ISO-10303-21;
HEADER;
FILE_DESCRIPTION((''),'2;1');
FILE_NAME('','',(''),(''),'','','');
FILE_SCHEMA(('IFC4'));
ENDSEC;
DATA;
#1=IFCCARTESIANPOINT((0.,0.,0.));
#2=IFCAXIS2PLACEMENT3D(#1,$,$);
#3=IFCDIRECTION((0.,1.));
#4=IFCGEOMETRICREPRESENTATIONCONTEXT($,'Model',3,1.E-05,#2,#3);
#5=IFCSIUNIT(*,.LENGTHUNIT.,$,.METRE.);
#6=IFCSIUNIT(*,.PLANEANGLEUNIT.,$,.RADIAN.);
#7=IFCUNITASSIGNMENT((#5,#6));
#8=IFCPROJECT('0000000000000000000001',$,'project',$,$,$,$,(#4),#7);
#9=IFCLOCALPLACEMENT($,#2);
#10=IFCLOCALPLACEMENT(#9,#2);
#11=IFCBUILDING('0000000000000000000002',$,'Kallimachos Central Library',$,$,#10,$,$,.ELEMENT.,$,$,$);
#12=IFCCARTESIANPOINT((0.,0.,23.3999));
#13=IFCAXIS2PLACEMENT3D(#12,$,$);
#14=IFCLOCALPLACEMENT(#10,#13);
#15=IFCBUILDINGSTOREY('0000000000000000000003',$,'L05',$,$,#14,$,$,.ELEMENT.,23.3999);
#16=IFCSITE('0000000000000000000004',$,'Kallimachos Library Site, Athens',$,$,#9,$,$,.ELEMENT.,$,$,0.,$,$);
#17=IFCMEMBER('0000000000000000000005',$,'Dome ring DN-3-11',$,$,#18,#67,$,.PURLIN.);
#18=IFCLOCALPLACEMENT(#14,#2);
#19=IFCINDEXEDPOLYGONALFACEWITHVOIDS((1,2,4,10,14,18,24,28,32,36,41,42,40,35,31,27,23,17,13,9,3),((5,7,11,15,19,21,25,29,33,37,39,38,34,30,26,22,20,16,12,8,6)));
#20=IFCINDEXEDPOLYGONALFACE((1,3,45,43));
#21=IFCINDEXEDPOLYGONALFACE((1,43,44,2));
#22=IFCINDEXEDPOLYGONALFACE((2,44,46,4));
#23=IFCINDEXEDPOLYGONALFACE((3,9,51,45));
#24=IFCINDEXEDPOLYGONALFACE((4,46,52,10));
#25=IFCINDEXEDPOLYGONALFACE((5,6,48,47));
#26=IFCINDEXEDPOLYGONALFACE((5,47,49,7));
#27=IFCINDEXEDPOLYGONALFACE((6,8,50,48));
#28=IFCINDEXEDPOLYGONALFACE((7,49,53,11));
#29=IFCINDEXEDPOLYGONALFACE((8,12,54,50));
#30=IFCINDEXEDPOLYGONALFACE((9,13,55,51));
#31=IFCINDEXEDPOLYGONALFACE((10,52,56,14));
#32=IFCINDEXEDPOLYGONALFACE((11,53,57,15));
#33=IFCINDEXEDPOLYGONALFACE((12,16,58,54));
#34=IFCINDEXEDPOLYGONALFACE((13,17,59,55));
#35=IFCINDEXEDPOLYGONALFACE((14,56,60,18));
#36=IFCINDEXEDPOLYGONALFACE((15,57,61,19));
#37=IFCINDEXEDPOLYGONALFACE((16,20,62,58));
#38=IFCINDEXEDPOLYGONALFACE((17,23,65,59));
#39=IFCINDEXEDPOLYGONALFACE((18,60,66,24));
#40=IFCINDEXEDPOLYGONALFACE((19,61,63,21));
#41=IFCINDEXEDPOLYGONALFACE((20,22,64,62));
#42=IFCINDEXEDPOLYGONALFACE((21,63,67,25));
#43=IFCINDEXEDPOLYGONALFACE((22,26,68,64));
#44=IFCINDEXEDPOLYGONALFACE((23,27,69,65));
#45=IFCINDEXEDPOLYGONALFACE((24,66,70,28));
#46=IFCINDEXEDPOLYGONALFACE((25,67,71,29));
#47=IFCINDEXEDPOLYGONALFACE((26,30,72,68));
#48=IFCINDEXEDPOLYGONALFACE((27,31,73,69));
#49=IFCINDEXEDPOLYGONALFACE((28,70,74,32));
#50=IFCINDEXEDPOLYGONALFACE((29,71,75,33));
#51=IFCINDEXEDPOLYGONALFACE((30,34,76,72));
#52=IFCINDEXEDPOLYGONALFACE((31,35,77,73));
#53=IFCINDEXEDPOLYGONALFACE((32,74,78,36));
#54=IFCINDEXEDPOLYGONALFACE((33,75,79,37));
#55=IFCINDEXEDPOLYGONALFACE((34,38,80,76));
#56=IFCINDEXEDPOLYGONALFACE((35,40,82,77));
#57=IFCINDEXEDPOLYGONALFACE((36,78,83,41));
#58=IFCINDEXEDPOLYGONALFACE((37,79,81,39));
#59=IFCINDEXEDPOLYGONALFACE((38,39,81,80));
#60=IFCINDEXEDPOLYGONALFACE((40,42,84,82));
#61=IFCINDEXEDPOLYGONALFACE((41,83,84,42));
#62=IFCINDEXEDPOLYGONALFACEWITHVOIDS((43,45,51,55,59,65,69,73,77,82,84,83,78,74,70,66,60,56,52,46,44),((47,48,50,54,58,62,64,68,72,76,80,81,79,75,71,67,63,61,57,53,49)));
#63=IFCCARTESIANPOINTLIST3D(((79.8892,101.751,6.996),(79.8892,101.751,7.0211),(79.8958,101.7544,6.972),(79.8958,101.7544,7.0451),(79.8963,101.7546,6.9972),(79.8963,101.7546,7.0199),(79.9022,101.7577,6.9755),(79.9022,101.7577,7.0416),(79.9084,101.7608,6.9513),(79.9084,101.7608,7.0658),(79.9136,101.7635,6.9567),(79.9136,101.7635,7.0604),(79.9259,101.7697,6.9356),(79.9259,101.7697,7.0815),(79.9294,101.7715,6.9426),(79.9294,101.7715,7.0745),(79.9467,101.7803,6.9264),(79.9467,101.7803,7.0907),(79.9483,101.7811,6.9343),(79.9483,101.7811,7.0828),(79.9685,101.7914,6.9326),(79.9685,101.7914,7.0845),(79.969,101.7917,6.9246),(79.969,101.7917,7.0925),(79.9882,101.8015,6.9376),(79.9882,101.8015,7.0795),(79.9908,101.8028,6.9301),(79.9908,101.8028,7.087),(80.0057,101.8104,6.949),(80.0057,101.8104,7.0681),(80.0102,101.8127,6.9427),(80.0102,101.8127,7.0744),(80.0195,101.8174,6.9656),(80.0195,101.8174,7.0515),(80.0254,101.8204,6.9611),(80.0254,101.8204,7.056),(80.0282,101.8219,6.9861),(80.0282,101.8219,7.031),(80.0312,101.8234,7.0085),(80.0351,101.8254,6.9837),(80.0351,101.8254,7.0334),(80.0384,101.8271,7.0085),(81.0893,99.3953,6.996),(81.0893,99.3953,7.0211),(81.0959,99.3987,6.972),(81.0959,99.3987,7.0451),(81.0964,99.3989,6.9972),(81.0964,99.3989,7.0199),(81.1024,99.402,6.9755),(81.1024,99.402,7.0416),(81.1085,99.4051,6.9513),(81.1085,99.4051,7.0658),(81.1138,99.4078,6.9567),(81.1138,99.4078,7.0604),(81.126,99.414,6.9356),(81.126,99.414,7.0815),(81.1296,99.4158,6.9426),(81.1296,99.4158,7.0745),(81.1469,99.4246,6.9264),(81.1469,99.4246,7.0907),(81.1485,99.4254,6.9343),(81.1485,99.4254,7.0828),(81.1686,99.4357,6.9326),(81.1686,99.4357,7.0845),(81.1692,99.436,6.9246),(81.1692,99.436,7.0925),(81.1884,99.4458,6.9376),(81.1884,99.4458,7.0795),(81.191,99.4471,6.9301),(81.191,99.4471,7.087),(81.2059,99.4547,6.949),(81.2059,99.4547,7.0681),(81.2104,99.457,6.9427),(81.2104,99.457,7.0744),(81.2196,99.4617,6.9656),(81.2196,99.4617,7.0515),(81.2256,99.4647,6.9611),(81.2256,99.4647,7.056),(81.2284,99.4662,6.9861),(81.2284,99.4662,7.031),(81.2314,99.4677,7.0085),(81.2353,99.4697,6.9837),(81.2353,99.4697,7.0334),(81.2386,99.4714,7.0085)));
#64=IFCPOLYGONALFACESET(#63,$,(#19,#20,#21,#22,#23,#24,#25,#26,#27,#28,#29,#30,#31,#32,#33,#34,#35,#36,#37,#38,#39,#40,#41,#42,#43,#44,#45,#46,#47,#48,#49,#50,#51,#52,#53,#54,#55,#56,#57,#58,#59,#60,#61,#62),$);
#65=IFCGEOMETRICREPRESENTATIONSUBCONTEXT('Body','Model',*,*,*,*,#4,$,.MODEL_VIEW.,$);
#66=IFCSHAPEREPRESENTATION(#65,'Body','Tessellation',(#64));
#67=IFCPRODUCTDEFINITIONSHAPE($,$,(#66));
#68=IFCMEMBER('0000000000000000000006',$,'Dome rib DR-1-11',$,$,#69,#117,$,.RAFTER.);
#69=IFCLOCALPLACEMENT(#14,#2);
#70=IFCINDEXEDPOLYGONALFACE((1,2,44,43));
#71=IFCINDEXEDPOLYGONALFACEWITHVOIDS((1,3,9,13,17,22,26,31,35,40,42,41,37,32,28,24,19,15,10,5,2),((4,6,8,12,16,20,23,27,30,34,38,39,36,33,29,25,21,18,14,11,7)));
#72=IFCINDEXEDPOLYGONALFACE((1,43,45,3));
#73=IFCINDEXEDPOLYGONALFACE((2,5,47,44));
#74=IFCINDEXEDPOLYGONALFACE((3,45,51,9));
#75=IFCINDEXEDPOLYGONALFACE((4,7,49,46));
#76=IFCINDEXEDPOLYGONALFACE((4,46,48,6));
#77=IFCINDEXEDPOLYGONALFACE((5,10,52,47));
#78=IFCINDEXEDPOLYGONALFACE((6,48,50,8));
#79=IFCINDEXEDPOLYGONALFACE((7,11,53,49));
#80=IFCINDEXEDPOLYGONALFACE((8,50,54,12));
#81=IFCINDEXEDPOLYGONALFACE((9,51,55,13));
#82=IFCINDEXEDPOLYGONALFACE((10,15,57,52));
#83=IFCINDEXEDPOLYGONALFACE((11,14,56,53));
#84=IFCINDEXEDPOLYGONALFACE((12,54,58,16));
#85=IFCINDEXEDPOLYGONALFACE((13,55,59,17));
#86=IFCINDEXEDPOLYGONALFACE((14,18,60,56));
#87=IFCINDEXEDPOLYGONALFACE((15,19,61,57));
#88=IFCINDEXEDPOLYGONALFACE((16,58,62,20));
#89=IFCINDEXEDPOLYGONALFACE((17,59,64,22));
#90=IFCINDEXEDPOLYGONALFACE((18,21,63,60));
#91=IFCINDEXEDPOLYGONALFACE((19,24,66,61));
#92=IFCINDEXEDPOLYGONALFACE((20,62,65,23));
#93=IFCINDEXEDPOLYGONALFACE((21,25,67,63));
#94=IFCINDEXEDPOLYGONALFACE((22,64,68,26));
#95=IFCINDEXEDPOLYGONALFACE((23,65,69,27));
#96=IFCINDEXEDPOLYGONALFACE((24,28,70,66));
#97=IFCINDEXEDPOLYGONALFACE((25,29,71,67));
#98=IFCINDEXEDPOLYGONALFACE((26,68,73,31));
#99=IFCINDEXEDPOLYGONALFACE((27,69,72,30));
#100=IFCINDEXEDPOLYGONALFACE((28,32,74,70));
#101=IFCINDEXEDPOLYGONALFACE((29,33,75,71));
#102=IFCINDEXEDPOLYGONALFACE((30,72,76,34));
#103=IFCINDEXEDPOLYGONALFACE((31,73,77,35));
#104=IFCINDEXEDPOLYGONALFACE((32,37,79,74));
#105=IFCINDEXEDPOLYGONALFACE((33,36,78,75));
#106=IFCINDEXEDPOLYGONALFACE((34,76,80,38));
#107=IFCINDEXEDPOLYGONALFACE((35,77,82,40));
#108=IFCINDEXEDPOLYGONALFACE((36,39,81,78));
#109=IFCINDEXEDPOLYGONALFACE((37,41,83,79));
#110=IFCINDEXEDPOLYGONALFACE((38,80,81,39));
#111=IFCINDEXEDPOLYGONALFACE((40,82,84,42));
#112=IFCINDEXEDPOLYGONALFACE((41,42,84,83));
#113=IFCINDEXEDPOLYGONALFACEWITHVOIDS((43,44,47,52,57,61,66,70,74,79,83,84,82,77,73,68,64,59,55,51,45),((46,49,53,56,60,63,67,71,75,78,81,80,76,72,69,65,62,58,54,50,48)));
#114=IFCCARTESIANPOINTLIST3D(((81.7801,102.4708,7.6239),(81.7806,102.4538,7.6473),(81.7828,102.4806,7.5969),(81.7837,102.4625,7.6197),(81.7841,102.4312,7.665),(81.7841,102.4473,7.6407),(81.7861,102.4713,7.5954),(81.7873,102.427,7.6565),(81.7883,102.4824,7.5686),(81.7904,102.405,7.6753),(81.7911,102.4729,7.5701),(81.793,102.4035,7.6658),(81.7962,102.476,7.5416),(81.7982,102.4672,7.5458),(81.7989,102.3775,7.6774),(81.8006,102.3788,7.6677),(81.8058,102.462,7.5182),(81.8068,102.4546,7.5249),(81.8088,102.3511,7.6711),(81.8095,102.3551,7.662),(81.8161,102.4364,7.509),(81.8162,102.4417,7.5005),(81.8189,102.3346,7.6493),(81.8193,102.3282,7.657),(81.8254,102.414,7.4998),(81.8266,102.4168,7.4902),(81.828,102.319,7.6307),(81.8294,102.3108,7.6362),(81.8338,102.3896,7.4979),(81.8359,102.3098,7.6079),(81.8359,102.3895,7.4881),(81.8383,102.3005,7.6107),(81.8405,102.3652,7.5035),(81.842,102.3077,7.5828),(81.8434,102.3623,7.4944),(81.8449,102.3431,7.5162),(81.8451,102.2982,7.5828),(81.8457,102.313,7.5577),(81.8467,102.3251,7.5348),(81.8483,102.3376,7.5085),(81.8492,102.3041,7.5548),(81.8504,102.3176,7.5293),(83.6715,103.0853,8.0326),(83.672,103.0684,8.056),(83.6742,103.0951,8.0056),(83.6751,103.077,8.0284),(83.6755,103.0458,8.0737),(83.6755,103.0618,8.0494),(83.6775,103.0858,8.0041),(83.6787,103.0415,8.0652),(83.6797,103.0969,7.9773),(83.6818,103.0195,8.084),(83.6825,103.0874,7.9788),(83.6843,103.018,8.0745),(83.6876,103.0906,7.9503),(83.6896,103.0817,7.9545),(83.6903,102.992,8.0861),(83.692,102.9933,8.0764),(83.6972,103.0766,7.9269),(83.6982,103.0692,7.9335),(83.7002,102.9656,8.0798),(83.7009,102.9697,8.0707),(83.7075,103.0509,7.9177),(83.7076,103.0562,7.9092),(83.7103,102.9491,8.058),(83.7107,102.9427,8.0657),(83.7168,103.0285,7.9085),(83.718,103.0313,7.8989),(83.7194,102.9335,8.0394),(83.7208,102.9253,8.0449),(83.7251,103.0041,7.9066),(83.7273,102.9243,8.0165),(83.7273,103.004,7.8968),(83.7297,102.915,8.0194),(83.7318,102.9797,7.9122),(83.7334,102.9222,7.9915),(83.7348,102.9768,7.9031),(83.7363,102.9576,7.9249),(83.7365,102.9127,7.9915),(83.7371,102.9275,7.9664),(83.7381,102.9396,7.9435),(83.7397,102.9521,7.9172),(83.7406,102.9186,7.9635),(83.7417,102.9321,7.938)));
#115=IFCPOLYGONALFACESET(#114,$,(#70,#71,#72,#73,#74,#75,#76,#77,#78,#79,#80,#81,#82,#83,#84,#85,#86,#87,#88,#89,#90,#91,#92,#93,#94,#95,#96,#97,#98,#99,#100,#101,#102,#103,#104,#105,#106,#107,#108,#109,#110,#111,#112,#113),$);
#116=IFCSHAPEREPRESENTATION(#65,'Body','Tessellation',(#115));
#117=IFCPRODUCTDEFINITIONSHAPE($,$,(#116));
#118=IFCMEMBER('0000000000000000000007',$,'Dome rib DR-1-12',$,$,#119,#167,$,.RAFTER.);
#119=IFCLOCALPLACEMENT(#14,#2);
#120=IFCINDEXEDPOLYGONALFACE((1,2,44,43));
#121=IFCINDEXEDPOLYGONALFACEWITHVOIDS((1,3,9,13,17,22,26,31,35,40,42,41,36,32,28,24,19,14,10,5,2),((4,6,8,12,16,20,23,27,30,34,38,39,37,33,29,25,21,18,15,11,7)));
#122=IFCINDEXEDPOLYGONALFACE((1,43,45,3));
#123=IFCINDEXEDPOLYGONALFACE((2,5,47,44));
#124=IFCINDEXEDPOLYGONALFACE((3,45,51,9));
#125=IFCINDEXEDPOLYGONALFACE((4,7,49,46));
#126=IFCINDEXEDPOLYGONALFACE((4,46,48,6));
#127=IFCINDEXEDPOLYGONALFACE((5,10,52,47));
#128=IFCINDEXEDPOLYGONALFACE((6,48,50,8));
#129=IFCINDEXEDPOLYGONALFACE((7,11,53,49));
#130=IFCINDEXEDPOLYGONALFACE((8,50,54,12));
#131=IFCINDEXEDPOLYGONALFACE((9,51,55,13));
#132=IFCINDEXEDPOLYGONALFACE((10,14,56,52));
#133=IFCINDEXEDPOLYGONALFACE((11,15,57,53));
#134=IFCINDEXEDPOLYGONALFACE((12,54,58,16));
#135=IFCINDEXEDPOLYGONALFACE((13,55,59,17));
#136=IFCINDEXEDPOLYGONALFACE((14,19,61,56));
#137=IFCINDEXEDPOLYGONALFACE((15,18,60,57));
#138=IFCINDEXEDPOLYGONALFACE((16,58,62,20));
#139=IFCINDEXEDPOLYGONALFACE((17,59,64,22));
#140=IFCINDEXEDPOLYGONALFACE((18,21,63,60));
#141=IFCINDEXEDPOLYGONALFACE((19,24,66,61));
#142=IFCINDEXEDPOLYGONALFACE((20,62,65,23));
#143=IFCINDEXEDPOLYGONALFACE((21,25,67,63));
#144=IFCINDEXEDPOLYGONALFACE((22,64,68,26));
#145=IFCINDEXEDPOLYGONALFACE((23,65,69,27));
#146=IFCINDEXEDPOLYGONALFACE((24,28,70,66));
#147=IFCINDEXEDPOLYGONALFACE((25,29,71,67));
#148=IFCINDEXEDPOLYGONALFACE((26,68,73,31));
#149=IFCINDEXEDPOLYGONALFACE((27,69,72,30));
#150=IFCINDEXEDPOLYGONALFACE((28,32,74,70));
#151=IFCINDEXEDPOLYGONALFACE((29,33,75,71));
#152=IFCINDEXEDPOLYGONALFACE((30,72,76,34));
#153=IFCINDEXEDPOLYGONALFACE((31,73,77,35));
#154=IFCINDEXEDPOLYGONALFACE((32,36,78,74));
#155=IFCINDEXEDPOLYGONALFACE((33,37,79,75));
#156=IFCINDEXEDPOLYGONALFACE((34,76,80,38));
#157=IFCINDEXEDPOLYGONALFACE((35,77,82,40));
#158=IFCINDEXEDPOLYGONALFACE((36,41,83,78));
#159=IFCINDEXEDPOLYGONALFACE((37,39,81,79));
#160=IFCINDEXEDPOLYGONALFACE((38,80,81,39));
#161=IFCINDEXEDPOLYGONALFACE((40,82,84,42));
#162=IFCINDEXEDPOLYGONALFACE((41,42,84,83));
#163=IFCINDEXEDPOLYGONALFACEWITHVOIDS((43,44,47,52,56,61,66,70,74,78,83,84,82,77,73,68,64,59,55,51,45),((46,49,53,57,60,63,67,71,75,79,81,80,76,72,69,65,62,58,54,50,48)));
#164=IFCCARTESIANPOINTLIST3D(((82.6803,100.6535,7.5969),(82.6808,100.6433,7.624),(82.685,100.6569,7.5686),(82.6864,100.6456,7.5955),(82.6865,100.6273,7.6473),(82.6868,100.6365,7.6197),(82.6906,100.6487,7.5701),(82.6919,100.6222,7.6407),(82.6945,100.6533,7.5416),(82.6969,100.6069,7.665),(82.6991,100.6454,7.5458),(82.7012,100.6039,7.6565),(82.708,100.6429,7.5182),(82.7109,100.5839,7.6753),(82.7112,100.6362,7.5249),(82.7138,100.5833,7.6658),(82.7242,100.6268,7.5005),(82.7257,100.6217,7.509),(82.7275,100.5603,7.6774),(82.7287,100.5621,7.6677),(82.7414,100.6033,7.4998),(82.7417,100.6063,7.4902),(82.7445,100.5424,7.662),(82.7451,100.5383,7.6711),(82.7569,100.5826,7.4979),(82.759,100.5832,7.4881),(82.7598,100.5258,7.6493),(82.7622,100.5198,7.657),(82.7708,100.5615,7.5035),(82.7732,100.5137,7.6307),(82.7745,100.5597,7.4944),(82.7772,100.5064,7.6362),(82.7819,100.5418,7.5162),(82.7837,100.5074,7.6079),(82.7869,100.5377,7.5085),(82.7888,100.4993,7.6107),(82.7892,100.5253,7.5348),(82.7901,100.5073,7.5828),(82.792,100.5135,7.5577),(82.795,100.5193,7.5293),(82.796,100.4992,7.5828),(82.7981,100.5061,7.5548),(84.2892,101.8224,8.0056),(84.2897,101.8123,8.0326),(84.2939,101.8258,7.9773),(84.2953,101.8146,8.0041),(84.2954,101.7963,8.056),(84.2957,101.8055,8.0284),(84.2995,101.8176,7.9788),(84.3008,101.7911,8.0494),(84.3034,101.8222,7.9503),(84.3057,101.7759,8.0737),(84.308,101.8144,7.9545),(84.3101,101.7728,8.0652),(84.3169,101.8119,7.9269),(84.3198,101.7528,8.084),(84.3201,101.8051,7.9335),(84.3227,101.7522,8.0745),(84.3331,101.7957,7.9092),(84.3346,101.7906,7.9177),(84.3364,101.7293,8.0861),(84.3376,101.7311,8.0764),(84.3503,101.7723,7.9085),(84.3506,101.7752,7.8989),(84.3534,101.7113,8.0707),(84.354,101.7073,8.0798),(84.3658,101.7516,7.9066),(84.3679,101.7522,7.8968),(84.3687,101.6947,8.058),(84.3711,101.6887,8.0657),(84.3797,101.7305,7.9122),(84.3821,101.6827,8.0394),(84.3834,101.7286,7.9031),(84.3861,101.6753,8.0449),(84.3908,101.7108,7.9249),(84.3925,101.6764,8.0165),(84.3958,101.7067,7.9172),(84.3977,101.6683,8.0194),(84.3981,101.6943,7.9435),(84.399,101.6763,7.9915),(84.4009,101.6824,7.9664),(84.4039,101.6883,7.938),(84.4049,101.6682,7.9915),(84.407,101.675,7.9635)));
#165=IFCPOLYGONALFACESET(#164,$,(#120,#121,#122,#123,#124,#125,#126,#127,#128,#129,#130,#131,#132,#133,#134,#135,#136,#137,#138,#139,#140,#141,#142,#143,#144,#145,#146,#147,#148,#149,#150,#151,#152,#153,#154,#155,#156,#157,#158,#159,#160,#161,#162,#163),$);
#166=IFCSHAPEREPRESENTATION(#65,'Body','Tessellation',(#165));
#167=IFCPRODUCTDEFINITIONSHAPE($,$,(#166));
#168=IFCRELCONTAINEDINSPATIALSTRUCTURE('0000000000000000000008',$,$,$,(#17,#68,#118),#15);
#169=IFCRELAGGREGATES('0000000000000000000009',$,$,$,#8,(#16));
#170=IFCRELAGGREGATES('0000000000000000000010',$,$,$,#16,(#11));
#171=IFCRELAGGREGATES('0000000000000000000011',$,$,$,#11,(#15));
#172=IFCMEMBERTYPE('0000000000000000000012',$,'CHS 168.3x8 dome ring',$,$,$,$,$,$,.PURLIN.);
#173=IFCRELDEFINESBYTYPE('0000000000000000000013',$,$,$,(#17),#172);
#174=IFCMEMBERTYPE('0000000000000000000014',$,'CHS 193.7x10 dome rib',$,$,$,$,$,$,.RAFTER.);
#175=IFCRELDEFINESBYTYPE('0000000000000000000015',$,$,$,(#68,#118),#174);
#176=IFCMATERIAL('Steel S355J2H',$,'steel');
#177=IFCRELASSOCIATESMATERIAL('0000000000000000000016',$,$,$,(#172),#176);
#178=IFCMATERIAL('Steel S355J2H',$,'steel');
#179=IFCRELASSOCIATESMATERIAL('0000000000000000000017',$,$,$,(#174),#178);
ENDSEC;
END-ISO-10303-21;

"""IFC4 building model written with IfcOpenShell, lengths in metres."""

from ifc_helpers import new_model, si_unit, direction, frame, origin, origin_2d, place, context, subcontext, project, spatial, hollow_circle, extrude, material, material_profile, profile_set, type_object, element, save


model = new_model("IFC4")

# Units and contexts
model_context = context("Model", 3, precision=1e-05, world=origin(), true_north=direction((0.0, 1.0)))
body_context = subcontext(model_context, "Body", "Model", "MODEL_VIEW")
ifc_project = project(units=[si_unit("LENGTHUNIT", "METRE"), si_unit("PLANEANGLEUNIT", "RADIAN")], contexts=[model_context])

# Site, building, storey
site_placement = place(None, origin())
site = spatial("IfcSite", under=ifc_project, at=site_placement, Name="Kallimachos Library Site, Athens", CompositionType="ELEMENT", RefElevation=0.0)
building_placement = place(site_placement, origin())
building = spatial("IfcBuilding", under=site, at=building_placement, Name="Kallimachos Central Library", CompositionType="ELEMENT")
storey_placement = place(building_placement, frame((0.0, 0.0, 23.3999)))
storey = spatial("IfcBuildingStorey", under=building, at=storey_placement, Name="L05", CompositionType="ELEMENT", Elevation=23.3999)

# Members
ifc_material_1 = material(Name="Steel S355J2H", Category="steel")
ifc_material_profile_1 = material_profile(ifc_material_1, hollow_circle(Radius=0.0842, WallThickness=0.0081, at=origin_2d()), Name="CHS 168.3x8")
ifc_profile_set_1 = profile_set([ifc_material_profile_1], Name="Steel S355J2H")
member_type_1 = type_object("IfcMemberType", Name="CHS 168.3x8 dome ring", PredefinedType="PURLIN", material=ifc_profile_set_1)
member_1_placement = place(storey_placement, frame((79.9634, 101.7888, 7.0085), z_axis=(0.45396, -0.891022, 0.0), x_axis=(0.891022, 0.45396, 0.0)))
element("IfcMember", 1, at=member_1_placement, inside=storey, type_object=member_type_1, Name="Dome ring DN-3-11", PredefinedType="PURLIN", context=body_context, shape_type="SweptSolid", body=[
    extrude(hollow_circle(Radius=0.0842, WallThickness=0.0081, at=origin_2d()), origin(), (0.0, 0.0, 1.0), 2.6438),
])
ifc_material_2 = material(Name="Steel S355J2H", Category="steel")
ifc_material_profile_2 = material_profile(ifc_material_2, hollow_circle(Radius=0.0969, WallThickness=0.01, at=origin_2d()), Name="CHS 193.7x10")
ifc_profile_set_2 = profile_set([ifc_material_profile_2], Name="Steel S355J2H")
member_type_2 = type_object("IfcMemberType", Name="CHS 193.7x10 dome rib", PredefinedType="RAFTER", material=ifc_profile_set_2)
for number, where, z_axis, x_axis, name in (
    (2, (83.7065, 103.0049, 7.9915), (-0.931593, -0.302675, -0.201302), (0.309, -0.951062, 0.0), "Dome rib DR-1-11"),
    (3, (84.3479, 101.7466, 7.9915), (-0.792451, -0.57576, -0.201299), (0.587792, -0.809012, 0.0), "Dome rib DR-1-12"),
):
    element("IfcMember", number, at=place(storey_placement, frame(where, z_axis=z_axis, x_axis=x_axis)), inside=storey, type_object=member_type_2, Name=name, PredefinedType="RAFTER", context=body_context, shape_type="SweptSolid", body=[
        extrude(hollow_circle(Radius=0.0969, WallThickness=0.01, at=origin_2d()), origin(), (0.0, 0.0, 1.0), 2.0303),
    ])

save(model, "model.ifc")
